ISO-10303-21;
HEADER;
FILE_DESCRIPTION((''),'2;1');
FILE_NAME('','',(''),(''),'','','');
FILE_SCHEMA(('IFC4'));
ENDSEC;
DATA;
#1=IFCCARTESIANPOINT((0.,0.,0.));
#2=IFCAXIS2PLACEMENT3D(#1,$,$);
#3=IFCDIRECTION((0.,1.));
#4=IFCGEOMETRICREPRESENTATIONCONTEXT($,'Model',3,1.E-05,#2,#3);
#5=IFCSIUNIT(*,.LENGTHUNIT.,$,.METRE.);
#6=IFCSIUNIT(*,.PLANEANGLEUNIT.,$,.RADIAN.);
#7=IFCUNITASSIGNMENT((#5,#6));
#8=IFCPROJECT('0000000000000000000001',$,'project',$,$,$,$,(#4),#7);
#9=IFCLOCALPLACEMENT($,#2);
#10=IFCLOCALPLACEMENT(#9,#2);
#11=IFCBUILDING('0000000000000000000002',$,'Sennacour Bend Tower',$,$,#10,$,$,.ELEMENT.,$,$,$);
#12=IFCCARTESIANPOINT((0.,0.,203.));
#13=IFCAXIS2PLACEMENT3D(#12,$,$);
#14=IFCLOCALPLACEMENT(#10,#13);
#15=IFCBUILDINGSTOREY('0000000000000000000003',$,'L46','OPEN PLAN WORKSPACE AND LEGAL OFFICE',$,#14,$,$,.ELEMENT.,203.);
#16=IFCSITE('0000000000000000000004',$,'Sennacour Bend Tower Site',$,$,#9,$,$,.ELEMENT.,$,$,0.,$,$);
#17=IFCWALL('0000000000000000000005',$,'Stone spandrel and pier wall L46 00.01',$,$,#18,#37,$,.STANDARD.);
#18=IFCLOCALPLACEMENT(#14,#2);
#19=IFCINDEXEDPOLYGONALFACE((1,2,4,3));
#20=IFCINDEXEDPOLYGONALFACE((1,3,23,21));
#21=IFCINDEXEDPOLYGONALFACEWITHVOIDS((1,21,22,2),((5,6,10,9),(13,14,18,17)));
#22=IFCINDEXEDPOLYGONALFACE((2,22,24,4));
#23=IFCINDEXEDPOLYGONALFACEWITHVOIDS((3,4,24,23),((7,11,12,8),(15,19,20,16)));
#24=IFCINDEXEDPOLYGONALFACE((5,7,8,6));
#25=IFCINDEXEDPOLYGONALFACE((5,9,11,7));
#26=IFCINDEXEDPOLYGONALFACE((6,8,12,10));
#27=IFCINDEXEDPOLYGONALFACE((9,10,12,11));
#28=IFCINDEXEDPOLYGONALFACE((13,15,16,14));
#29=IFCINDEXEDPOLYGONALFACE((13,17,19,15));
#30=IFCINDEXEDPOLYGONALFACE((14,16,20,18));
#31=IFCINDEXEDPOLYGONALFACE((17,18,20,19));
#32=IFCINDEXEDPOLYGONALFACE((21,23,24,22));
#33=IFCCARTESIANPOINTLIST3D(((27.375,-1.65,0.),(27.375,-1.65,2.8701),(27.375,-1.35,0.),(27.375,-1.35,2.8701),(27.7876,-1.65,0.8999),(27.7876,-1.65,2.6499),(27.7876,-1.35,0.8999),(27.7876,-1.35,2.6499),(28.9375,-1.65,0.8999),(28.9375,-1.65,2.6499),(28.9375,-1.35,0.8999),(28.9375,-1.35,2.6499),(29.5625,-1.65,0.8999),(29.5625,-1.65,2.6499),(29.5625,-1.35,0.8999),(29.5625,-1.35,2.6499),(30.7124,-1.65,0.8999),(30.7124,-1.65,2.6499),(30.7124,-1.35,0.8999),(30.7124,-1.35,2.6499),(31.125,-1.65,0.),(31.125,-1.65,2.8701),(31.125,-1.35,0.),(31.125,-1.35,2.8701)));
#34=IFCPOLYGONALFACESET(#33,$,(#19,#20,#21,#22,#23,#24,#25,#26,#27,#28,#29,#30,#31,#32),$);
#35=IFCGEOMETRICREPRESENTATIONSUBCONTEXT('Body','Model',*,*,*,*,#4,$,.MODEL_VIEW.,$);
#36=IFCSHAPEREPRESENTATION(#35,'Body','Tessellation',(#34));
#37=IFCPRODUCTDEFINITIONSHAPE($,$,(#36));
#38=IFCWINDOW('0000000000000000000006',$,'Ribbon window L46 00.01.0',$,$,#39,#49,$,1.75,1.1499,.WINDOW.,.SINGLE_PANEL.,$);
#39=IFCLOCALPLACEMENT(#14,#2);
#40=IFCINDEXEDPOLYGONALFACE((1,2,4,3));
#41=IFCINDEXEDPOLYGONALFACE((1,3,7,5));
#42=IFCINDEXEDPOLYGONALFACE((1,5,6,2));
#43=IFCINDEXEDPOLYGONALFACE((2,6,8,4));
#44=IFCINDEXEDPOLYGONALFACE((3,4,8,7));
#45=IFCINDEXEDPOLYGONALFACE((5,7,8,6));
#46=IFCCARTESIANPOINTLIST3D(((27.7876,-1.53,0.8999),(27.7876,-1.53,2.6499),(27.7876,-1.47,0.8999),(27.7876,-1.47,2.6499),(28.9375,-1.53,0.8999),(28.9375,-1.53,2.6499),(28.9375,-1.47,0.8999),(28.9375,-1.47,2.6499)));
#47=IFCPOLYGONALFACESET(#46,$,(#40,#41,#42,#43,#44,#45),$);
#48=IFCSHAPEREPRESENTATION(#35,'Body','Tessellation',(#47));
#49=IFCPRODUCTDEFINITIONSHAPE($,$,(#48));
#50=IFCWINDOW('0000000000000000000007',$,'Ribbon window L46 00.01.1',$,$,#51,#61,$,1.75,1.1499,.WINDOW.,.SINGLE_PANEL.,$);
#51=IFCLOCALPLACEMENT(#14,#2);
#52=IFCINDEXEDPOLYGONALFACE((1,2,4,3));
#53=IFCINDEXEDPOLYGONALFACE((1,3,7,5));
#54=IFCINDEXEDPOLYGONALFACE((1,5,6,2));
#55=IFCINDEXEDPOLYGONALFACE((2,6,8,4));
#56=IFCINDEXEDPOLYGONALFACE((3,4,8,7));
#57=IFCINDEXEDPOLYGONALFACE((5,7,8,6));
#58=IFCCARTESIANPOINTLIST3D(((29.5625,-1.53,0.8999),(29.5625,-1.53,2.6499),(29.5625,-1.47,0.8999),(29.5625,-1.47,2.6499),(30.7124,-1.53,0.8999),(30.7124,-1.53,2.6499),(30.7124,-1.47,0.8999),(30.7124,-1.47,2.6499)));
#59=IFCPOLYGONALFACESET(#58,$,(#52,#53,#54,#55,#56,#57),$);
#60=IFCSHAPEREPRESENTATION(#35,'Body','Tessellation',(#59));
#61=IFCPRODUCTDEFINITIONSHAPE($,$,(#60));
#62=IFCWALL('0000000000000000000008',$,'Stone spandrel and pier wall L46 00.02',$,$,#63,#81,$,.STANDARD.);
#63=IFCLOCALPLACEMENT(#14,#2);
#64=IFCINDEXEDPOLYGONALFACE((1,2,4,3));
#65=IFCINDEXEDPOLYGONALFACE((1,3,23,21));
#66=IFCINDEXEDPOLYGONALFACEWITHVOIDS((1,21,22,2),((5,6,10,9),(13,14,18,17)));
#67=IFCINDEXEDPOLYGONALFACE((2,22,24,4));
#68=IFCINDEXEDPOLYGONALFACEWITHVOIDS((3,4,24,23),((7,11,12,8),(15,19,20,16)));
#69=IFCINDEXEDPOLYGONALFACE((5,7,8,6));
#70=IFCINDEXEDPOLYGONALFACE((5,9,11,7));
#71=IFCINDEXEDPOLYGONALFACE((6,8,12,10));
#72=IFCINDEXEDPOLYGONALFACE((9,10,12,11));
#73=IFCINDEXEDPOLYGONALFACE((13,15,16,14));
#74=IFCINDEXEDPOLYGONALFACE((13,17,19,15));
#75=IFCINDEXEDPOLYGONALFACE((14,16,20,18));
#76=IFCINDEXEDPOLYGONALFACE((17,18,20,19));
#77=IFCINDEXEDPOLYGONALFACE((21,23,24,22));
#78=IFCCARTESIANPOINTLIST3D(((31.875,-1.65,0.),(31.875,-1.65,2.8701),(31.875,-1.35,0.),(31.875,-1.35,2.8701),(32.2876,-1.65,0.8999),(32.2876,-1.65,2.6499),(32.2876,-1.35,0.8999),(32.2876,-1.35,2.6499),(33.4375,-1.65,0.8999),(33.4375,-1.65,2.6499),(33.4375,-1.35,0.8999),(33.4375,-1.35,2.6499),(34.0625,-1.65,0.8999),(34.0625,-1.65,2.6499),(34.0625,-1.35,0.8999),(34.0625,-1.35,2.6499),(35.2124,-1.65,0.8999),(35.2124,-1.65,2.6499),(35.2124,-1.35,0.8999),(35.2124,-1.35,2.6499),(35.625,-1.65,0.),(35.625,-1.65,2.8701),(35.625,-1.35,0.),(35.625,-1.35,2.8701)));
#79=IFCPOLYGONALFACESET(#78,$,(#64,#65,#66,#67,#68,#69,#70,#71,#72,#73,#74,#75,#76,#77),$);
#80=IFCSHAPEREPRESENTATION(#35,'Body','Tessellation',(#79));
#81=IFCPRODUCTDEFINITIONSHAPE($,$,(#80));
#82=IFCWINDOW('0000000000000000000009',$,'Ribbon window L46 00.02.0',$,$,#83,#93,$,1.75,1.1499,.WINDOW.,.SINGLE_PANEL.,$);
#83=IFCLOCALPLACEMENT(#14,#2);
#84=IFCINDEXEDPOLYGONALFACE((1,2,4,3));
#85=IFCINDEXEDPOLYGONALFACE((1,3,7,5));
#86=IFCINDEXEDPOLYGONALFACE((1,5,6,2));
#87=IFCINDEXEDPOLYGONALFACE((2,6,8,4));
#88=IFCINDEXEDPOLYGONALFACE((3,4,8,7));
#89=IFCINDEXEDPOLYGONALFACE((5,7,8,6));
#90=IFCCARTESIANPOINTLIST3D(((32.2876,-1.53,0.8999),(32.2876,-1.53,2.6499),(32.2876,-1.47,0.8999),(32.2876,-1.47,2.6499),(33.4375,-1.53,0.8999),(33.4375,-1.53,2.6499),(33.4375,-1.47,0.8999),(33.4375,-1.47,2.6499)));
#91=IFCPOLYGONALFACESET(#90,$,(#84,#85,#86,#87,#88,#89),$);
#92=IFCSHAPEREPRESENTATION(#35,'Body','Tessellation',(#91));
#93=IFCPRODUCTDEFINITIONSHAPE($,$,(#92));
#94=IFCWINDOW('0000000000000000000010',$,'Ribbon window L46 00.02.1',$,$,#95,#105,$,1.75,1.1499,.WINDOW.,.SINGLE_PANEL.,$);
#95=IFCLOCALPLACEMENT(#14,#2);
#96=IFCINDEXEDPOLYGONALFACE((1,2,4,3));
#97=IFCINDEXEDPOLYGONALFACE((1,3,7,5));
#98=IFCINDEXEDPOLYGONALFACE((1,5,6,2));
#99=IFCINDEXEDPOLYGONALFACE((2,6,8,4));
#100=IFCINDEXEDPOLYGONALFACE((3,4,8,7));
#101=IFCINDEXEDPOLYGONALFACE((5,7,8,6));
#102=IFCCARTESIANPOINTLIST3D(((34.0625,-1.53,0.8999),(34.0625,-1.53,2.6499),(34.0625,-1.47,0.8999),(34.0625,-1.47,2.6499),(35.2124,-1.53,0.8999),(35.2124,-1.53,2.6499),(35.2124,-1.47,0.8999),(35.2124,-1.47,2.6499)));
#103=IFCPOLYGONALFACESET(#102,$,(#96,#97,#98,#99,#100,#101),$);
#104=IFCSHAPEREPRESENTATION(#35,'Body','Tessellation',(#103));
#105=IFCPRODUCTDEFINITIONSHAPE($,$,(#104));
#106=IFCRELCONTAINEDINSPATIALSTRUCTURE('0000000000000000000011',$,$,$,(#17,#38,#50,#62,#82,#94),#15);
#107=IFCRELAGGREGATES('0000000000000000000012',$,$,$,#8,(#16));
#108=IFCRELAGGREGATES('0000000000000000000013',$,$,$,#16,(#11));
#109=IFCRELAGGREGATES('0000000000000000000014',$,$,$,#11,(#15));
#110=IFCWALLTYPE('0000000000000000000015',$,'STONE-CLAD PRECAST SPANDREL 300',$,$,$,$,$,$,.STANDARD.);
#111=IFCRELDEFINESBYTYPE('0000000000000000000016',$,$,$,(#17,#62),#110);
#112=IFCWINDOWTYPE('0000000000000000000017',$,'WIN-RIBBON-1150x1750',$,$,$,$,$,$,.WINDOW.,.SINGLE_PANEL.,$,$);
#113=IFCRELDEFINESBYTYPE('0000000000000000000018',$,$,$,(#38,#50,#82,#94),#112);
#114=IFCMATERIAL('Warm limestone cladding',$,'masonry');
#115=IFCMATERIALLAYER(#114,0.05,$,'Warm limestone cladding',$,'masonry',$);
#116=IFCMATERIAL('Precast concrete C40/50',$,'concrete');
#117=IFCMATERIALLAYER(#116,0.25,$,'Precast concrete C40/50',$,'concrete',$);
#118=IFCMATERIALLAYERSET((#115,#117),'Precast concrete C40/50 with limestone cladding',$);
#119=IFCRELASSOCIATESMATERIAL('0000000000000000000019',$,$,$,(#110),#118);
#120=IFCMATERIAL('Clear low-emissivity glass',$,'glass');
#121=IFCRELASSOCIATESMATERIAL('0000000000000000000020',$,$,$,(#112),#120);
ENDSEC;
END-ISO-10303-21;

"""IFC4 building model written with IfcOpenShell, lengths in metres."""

from ifc_helpers import new_model, si_unit, direction, frame, frame_2d, origin, place, context, subcontext, project, spatial, rectangle, extrude, material, layer, layer_set, type_object, element, fill, save


model = new_model("IFC4")

# Units and contexts
model_context = context("Model", 3, precision=1e-05, world=origin(), true_north=direction((0.0, 1.0)))
body_context = subcontext(model_context, "Body", "Model", "MODEL_VIEW")
ifc_project = project(units=[si_unit("LENGTHUNIT", "METRE"), si_unit("PLANEANGLEUNIT", "RADIAN")], contexts=[model_context])

# Site, building, storey
site_placement = place(None, origin())
site = spatial("IfcSite", under=ifc_project, at=site_placement, Name="Sennacour Bend Tower Site", CompositionType="ELEMENT", RefElevation=0.0)
building_placement = place(site_placement, origin())
building = spatial("IfcBuilding", under=site, at=building_placement, Name="Sennacour Bend Tower", CompositionType="ELEMENT")
storey_placement = place(building_placement, frame((0.0, 0.0, 203.0)))
storey = spatial("IfcBuildingStorey", under=building, at=storey_placement, Name="L46", Description="OPEN PLAN WORKSPACE AND LEGAL OFFICE", CompositionType="ELEMENT", Elevation=203.0)

# Walls, openings, windows
ifc_material_1 = material(Name="Warm limestone cladding", Category="masonry")
ifc_layer_1 = layer(ifc_material_1, 0.05, Name="Warm limestone cladding", Category="masonry")
ifc_material_2 = material(Name="Precast concrete C40/50", Category="concrete")
ifc_layer_2 = layer(ifc_material_2, 0.25, Name="Precast concrete C40/50", Category="concrete")
ifc_layer_set_1 = layer_set([ifc_layer_1, ifc_layer_2], Name="Precast concrete C40/50 with limestone cladding")
wall_type_1 = type_object("IfcWallType", Name="STONE-CLAD PRECAST SPANDREL 300", PredefinedType="STANDARD", material=ifc_layer_set_1)
wall_1_placement = place(storey_placement, frame((27.375, -1.5, 0.0), z_axis=(0.0, 0.0, 1.0), x_axis=(1.0, 0.0, 0.0)))
wall_1 = element("IfcWall", 1, at=wall_1_placement, inside=storey, type_object=wall_type_1, Name="Stone spandrel and pier wall L46 00.01", PredefinedType="STANDARD", context=body_context, shape_type="SweptSolid", body=[
    extrude(rectangle(XDim=3.75, YDim=0.3, at=frame_2d((1.875, 0.0))), origin(), (0.0, 0.0, 1.0), 2.8701),
])
opening_1_placement = place(wall_1_placement, frame((0.4126, 0.0, 0.8999)))
opening_1 = element("IfcOpeningElement", 2, at=opening_1_placement, cuts=wall_1, PredefinedType="OPENING", context=body_context, shape_type="SweptSolid", body=[
    extrude(rectangle(XDim=1.1499, YDim=1.75, at=frame_2d((0.575, 0.875))), frame((0.0, 0.1602, 0.0), z_axis=(0.0, -1.0, 0.0), x_axis=(1.0, 0.0, 0.0)), (0.0, 0.0, 1.0), 0.3201),
])
opening_2_placement = place(wall_1_placement, frame((2.1875, 0.0, 0.8999)))
opening_2 = element("IfcOpeningElement", 3, at=opening_2_placement, cuts=wall_1, PredefinedType="OPENING", context=body_context, shape_type="SweptSolid", body=[
    extrude(rectangle(XDim=1.1499, YDim=1.75, at=frame_2d((0.575, 0.875))), frame((0.0, 0.1602, 0.0), z_axis=(0.0, -1.0, 0.0), x_axis=(1.0, 0.0, 0.0)), (0.0, 0.0, 1.0), 0.3201),
])
ifc_material_3 = material(Name="Clear low-emissivity glass", Category="glass")
window_type = type_object("IfcWindowType", Name="WIN-RIBBON-1150x1750", PartitioningType="SINGLE_PANEL", PredefinedType="WINDOW", material=ifc_material_3)
window_1_placement = place(opening_1_placement, origin())
window_1 = element("IfcWindow", 4, at=window_1_placement, inside=storey, type_object=window_type, Name="Ribbon window L46 00.01.0", OverallHeight=1.75, OverallWidth=1.1499, PartitioningType="SINGLE_PANEL", PredefinedType="WINDOW", context=body_context, shape_type="SweptSolid", body=[
    extrude(rectangle(XDim=1.1499, YDim=1.75, at=frame_2d((0.575, 0.875))), frame((0.0, 0.03, 0.0), z_axis=(0.0, -1.0, 0.0), x_axis=(1.0, 0.0, 0.0)), (0.0, 0.0, 1.0), 0.0601),
])
fill(opening_1, window_1)
window_2_placement = place(opening_2_placement, origin())
window_2 = element("IfcWindow", 5, at=window_2_placement, inside=storey, type_object=window_type, Name="Ribbon window L46 00.01.1", OverallHeight=1.75, OverallWidth=1.1499, PartitioningType="SINGLE_PANEL", PredefinedType="WINDOW", context=body_context, shape_type="SweptSolid", body=[
    extrude(rectangle(XDim=1.1499, YDim=1.75, at=frame_2d((0.575, 0.875))), frame((0.0, 0.03, 0.0), z_axis=(0.0, -1.0, 0.0), x_axis=(1.0, 0.0, 0.0)), (0.0, 0.0, 1.0), 0.0601),
])
fill(opening_2, window_2)
wall_2_placement = place(storey_placement, frame((31.875, -1.5, 0.0), z_axis=(0.0, 0.0, 1.0), x_axis=(1.0, 0.0, 0.0)))
wall_2 = element("IfcWall", 6, at=wall_2_placement, inside=storey, type_object=wall_type_1, Name="Stone spandrel and pier wall L46 00.02", PredefinedType="STANDARD", context=body_context, shape_type="SweptSolid", body=[
    extrude(rectangle(XDim=3.75, YDim=0.3, at=frame_2d((1.875, 0.0))), origin(), (0.0, 0.0, 1.0), 2.8701),
])
opening_3_placement = place(wall_2_placement, frame((0.4126, 0.0, 0.8999)))
opening_3 = element("IfcOpeningElement", 7, at=opening_3_placement, cuts=wall_2, PredefinedType="OPENING", context=body_context, shape_type="SweptSolid", body=[
    extrude(rectangle(XDim=1.1499, YDim=1.75, at=frame_2d((0.575, 0.875))), frame((0.0, 0.1602, 0.0), z_axis=(0.0, -1.0, 0.0), x_axis=(1.0, 0.0, 0.0)), (0.0, 0.0, 1.0), 0.3201),
])
opening_4_placement = place(wall_2_placement, frame((2.1875, 0.0, 0.8999)))
opening_4 = element("IfcOpeningElement", 8, at=opening_4_placement, cuts=wall_2, PredefinedType="OPENING", context=body_context, shape_type="SweptSolid", body=[
    extrude(rectangle(XDim=1.1499, YDim=1.75, at=frame_2d((0.575, 0.875))), frame((0.0, 0.1602, 0.0), z_axis=(0.0, -1.0, 0.0), x_axis=(1.0, 0.0, 0.0)), (0.0, 0.0, 1.0), 0.3201),
])
window_3_placement = place(opening_3_placement, origin())
window_3 = element("IfcWindow", 9, at=window_3_placement, inside=storey, type_object=window_type, Name="Ribbon window L46 00.02.0", OverallHeight=1.75, OverallWidth=1.1499, PartitioningType="SINGLE_PANEL", PredefinedType="WINDOW", context=body_context, shape_type="SweptSolid", body=[
    extrude(rectangle(XDim=1.1499, YDim=1.75, at=frame_2d((0.575, 0.875))), frame((0.0, 0.03, 0.0), z_axis=(0.0, -1.0, 0.0), x_axis=(1.0, 0.0, 0.0)), (0.0, 0.0, 1.0), 0.0601),
])
fill(opening_3, window_3)
window_4_placement = place(opening_4_placement, origin())
window_4 = element("IfcWindow", 10, at=window_4_placement, inside=storey, type_object=window_type, Name="Ribbon window L46 00.02.1", OverallHeight=1.75, OverallWidth=1.1499, PartitioningType="SINGLE_PANEL", PredefinedType="WINDOW", context=body_context, shape_type="SweptSolid", body=[
    extrude(rectangle(XDim=1.1499, YDim=1.75, at=frame_2d((0.575, 0.875))), frame((0.0, 0.03, 0.0), z_axis=(0.0, -1.0, 0.0), x_axis=(1.0, 0.0, 0.0)), (0.0, 0.0, 1.0), 0.0601),
])
fill(opening_4, window_4)

save(model, "model.ifc")
